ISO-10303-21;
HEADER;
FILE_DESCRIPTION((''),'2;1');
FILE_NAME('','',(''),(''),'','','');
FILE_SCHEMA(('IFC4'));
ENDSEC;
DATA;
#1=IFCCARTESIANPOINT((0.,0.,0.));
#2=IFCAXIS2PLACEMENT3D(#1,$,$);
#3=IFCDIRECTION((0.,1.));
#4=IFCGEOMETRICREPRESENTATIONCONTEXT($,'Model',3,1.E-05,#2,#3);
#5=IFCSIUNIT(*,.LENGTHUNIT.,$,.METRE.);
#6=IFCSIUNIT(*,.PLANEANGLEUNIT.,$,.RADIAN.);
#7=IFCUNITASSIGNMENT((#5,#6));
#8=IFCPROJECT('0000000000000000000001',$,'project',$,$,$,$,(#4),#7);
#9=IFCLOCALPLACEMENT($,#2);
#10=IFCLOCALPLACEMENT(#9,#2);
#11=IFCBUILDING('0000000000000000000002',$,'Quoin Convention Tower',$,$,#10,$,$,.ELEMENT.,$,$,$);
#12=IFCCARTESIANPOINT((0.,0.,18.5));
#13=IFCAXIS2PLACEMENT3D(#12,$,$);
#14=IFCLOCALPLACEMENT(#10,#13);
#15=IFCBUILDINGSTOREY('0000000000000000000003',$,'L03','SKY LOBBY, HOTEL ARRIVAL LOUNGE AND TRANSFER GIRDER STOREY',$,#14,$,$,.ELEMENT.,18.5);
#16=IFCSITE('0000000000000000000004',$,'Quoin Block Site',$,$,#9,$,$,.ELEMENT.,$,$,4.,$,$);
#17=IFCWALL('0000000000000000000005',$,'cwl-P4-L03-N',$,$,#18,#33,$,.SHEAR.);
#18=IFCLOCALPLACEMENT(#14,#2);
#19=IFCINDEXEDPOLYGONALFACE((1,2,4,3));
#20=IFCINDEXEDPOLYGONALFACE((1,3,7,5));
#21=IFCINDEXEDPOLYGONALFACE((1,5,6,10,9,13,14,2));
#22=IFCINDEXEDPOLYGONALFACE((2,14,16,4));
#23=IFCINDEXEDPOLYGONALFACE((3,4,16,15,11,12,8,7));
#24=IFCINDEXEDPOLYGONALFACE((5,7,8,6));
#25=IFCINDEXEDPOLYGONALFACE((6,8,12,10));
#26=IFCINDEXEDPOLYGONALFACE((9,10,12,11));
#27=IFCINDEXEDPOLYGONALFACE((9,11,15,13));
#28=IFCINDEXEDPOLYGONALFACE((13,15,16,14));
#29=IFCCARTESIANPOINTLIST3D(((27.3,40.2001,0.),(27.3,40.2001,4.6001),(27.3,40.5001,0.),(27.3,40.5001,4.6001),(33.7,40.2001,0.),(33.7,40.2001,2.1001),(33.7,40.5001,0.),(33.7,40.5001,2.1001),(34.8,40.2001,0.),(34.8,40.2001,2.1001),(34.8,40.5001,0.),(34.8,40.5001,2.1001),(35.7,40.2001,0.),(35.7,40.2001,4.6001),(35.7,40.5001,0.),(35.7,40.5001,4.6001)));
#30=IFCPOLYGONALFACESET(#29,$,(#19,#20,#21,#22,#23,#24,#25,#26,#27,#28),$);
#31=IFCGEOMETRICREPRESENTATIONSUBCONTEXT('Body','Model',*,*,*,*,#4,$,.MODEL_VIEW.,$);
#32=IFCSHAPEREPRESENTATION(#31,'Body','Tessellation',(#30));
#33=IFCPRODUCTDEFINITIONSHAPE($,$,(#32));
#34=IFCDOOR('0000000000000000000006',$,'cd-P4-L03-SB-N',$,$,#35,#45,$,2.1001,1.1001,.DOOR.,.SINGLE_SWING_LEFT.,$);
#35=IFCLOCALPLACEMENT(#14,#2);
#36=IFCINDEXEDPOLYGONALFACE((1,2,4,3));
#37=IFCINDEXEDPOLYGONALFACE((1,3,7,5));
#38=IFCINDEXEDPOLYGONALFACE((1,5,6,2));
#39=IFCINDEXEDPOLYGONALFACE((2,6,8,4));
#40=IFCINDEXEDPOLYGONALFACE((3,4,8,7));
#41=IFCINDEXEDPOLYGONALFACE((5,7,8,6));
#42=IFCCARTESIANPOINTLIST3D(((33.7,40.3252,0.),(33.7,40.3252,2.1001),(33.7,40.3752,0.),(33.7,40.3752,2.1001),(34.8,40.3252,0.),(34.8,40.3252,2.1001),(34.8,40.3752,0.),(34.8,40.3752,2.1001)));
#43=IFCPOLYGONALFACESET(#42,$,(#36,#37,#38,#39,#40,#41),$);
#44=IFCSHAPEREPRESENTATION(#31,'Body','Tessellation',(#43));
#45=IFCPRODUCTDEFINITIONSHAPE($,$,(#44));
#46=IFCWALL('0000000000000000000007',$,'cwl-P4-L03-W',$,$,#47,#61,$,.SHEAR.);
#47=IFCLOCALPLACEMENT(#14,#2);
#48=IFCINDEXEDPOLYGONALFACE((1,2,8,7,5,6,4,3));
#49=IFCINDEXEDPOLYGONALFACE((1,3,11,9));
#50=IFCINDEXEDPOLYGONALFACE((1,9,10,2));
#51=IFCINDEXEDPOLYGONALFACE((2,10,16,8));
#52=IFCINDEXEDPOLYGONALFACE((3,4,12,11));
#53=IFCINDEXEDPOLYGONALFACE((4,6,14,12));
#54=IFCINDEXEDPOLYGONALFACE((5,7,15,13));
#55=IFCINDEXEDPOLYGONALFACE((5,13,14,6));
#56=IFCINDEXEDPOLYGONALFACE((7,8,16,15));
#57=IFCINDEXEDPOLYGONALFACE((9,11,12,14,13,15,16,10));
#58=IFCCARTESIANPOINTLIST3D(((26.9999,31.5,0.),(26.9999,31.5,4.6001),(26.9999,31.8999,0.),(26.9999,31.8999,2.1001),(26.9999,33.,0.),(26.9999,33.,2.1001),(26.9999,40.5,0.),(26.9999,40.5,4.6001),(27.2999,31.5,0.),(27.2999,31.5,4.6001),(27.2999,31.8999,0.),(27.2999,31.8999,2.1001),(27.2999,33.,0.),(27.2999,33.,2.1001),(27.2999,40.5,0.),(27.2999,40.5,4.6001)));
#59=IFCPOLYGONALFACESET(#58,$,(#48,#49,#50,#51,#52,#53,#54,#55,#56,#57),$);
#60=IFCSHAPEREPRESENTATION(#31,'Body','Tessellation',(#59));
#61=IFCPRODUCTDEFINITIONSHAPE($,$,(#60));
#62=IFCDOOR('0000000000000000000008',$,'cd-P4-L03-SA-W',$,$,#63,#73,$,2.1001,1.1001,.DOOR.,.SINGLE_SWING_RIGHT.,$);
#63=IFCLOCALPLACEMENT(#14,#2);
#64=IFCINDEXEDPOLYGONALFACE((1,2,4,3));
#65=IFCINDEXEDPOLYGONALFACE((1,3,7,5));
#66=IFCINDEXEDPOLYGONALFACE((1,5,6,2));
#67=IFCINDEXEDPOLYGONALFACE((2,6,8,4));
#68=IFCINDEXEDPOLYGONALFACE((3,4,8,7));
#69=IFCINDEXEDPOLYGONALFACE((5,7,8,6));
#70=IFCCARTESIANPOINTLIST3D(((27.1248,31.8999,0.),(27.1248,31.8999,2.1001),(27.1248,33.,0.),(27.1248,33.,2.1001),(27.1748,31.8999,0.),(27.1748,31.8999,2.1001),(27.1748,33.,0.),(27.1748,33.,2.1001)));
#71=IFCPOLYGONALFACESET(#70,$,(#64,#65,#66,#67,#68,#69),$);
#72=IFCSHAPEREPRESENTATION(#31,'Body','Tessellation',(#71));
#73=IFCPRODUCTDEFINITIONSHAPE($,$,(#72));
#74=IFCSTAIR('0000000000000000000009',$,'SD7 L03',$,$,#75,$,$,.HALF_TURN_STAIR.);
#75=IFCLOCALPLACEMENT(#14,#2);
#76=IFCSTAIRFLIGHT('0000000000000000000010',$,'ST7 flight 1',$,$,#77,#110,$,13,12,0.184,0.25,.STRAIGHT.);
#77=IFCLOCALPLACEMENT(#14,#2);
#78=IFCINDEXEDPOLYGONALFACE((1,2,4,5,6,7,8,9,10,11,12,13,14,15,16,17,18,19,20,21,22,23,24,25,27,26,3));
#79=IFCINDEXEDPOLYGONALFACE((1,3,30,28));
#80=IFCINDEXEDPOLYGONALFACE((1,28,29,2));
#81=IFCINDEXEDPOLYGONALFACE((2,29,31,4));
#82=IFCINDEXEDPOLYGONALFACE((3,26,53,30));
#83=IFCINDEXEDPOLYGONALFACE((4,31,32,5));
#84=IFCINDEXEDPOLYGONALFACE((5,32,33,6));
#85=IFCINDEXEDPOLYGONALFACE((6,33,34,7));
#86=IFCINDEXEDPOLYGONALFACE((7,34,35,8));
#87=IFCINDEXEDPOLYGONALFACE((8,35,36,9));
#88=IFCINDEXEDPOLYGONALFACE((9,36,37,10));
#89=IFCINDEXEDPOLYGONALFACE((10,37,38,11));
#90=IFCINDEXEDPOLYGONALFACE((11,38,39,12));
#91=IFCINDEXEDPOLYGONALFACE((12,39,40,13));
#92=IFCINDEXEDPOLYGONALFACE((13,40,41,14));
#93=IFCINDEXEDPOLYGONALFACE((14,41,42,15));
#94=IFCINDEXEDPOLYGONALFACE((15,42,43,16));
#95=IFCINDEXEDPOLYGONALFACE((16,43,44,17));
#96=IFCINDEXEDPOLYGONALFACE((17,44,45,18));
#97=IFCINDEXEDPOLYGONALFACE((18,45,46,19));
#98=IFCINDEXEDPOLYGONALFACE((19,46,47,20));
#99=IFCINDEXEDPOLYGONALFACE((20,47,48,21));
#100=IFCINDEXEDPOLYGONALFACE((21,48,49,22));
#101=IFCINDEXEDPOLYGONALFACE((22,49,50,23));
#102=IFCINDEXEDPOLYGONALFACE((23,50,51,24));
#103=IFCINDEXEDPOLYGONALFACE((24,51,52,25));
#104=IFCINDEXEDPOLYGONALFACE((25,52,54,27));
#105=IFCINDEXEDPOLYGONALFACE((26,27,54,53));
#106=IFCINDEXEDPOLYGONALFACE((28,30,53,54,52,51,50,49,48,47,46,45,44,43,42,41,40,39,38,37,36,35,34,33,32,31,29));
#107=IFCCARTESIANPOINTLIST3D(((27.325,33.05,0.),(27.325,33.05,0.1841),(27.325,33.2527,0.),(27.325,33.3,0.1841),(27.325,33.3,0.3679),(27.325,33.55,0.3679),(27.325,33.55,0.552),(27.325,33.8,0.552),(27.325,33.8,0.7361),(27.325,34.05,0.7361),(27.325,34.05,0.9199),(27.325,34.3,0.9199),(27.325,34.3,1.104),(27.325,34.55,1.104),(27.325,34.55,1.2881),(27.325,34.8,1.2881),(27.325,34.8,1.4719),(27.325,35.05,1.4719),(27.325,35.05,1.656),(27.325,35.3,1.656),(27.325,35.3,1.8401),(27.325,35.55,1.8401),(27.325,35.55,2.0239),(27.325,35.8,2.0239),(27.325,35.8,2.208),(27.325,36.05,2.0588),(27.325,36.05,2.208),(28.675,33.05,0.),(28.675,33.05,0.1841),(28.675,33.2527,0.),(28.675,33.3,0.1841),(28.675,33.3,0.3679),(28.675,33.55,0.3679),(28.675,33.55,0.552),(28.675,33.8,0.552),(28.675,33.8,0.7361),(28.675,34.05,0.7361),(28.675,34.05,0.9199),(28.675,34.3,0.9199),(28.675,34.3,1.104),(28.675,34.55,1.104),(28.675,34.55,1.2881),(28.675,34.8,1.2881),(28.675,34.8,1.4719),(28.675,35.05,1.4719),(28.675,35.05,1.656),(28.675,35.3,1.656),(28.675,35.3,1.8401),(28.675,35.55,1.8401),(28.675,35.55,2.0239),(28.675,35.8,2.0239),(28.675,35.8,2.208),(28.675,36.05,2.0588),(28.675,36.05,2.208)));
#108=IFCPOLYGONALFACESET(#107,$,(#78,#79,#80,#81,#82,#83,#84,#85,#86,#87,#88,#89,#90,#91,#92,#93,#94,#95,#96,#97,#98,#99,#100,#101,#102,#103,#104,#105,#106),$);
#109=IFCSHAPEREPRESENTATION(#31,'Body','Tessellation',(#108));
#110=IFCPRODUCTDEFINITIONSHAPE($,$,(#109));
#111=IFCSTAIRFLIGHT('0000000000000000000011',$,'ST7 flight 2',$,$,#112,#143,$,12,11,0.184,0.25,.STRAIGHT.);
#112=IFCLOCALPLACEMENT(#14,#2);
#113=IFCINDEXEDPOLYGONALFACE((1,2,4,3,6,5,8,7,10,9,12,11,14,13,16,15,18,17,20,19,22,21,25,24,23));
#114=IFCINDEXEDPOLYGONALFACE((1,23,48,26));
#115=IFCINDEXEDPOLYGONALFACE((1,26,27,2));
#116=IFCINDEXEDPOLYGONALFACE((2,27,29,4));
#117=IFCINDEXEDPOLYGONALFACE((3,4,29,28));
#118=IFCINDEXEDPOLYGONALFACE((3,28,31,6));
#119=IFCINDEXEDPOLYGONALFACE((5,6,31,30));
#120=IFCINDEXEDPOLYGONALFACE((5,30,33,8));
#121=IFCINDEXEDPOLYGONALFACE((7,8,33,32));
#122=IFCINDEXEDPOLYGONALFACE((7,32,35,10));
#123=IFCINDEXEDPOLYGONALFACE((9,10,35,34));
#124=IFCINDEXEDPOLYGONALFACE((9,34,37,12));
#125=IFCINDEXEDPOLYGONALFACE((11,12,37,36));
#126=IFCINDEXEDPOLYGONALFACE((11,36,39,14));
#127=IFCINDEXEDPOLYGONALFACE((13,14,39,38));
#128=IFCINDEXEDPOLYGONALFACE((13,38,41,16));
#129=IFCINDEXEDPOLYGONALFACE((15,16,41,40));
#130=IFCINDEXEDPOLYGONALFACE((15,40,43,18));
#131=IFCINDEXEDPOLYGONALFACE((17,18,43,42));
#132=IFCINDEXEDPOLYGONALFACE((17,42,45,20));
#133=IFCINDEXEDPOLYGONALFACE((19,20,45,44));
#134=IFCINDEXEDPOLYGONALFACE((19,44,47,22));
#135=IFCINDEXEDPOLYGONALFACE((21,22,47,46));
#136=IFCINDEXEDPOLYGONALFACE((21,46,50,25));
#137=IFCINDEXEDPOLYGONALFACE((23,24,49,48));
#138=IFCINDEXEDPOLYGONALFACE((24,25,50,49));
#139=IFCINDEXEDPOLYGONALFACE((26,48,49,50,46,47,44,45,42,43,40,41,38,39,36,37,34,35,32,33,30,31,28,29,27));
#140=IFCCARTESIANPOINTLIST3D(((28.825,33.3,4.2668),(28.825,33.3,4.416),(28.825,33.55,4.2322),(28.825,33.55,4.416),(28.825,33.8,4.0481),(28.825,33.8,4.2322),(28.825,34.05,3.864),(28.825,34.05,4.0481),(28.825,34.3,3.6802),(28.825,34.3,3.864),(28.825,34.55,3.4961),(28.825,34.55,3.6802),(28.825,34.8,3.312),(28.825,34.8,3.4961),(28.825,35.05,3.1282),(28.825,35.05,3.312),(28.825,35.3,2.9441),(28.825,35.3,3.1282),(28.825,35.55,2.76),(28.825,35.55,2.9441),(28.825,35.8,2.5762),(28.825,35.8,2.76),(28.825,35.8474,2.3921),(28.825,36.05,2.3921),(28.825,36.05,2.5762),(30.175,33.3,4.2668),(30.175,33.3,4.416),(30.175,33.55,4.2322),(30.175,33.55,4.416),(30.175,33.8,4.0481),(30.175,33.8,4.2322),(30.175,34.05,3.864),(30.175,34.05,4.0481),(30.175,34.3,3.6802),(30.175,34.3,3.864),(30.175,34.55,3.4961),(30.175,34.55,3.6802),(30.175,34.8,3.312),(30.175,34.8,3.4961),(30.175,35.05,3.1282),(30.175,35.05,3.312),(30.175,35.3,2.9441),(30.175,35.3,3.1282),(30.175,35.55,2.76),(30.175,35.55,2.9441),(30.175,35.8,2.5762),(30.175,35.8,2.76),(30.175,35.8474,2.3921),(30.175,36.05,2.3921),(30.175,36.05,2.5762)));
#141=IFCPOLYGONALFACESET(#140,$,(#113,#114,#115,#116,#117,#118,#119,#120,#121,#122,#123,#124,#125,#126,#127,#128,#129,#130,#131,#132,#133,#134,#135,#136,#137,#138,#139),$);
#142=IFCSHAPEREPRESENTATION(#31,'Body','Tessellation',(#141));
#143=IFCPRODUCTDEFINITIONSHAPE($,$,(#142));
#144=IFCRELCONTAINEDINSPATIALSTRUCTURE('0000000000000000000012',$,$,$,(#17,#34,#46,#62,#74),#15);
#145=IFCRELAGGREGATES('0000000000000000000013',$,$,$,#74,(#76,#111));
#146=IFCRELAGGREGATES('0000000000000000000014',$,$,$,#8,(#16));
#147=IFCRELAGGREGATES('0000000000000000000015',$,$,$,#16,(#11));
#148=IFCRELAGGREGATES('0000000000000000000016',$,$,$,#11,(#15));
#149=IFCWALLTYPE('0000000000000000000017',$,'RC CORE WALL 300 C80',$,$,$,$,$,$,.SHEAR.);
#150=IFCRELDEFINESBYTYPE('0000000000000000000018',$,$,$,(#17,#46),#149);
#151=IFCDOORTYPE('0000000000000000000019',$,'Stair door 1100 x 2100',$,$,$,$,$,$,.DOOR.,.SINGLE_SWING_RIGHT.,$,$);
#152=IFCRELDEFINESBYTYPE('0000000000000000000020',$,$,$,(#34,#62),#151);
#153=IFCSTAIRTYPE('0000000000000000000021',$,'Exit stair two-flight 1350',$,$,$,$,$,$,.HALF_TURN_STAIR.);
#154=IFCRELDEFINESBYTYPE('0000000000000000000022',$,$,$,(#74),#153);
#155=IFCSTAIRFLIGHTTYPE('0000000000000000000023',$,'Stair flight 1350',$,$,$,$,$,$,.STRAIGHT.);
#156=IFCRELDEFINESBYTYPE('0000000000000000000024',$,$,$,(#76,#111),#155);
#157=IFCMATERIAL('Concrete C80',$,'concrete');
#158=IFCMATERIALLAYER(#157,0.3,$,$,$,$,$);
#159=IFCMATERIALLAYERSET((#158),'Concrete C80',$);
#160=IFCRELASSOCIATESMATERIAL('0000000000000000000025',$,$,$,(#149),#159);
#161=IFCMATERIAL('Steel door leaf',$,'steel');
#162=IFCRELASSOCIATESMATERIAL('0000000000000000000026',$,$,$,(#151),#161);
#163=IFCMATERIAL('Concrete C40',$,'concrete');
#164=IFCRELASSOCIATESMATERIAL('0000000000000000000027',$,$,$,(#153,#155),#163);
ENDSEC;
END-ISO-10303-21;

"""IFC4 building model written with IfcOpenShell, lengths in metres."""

from ifc_helpers import new_model, si_unit, direction, frame, frame_2d, origin, place, context, subcontext, project, spatial, polyline, rectangle, outline, extrude, material, layer, layer_set, type_object, element, fill, aggregate, save


model = new_model("IFC4")

# Units and contexts
model_context = context("Model", 3, precision=1e-05, world=origin(), true_north=direction((0.0, 1.0)))
body_context = subcontext(model_context, "Body", "Model", "MODEL_VIEW")
ifc_project = project(units=[si_unit("LENGTHUNIT", "METRE"), si_unit("PLANEANGLEUNIT", "RADIAN")], contexts=[model_context])

# Site, building, storey
site_placement = place(None, origin())
site = spatial("IfcSite", under=ifc_project, at=site_placement, Name="Quoin Block Site", CompositionType="ELEMENT", RefElevation=4.0)
building_placement = place(site_placement, origin())
building = spatial("IfcBuilding", under=site, at=building_placement, Name="Quoin Convention Tower", CompositionType="ELEMENT")
storey_placement = place(building_placement, frame((0.0, 0.0, 18.5)))
storey = spatial("IfcBuildingStorey", under=building, at=storey_placement, Name="L03", Description="SKY LOBBY, HOTEL ARRIVAL LOUNGE AND TRANSFER GIRDER STOREY", CompositionType="ELEMENT", Elevation=18.5)

# Shared definitions
ifc_material_1 = material(Name="Concrete C80", Category="concrete")

# Walls, openings, doors
ifc_layer_1 = layer(ifc_material_1, 0.3)
ifc_layer_set_1 = layer_set([ifc_layer_1], Name="Concrete C80")
wall_type_1 = type_object("IfcWallType", Name="RC CORE WALL 300 C80", PredefinedType="SHEAR", material=ifc_layer_set_1)
ifc_material_2 = material(Name="Steel door leaf", Category="steel")
wall_1_placement = place(storey_placement, frame((27.3, 40.3501, 0.0), z_axis=(0.0, 0.0, 1.0), x_axis=(1.0, 0.0, 0.0)))
wall_1 = element("IfcWall", 1, at=wall_1_placement, inside=storey, type_object=wall_type_1, Name="cwl-P4-L03-N", PredefinedType="SHEAR", context=body_context, shape_type="SweptSolid", body=[
    extrude(rectangle(XDim=8.3999, YDim=0.3, at=frame_2d((4.2, 0.0))), origin(), (0.0, 0.0, 1.0), 4.6001),
])
opening_1_placement = place(wall_1_placement, frame((6.3999, 0.0, 0.0)))
opening_1 = element("IfcOpeningElement", 2, at=opening_1_placement, cuts=wall_1, PredefinedType="OPENING", context=body_context, shape_type="SweptSolid", body=[
    extrude(rectangle(XDim=1.1001, YDim=2.1001, at=frame_2d((0.55, 1.05))), frame((0.0, 0.1599, 0.0), z_axis=(0.0, -1.0, 0.0), x_axis=(1.0, 0.0, 0.0)), (0.0, 0.0, 1.0), 0.3201),
])
door_type_1 = type_object("IfcDoorType", Name="Stair door 1100 x 2100", OperationType="SINGLE_SWING_RIGHT", PredefinedType="DOOR", material=ifc_material_2)
door_1_placement = place(opening_1_placement, frame((1.1001, 0.0, 0.0), z_axis=(0.0, 0.0, 1.0), x_axis=(-1.0, 0.0, 0.0)))
door_1 = element("IfcDoor", 3, at=door_1_placement, inside=storey, type_object=door_type_1, Name="cd-P4-L03-SB-N", OperationType="SINGLE_SWING_LEFT", OverallHeight=2.1001, OverallWidth=1.1001, PredefinedType="DOOR", context=body_context, shape_type="SweptSolid", body=[
    extrude(rectangle(XDim=1.1001, YDim=2.1001, at=frame_2d((0.55, 1.05))), frame((0.0, 0.0249, 0.0), z_axis=(0.0, -1.0, 0.0), x_axis=(1.0, 0.0, 0.0)), (0.0, 0.0, 1.0), 0.05),
])
fill(opening_1, door_1)
wall_2_placement = place(storey_placement, frame((27.1499, 31.5, 0.0), z_axis=(0.0, 0.0, 1.0), x_axis=(0.0, 1.0, 0.0)))
wall_2 = element("IfcWall", 4, at=wall_2_placement, inside=storey, type_object=wall_type_1, Name="cwl-P4-L03-W", PredefinedType="SHEAR", context=body_context, shape_type="SweptSolid", body=[
    extrude(rectangle(XDim=9.0, YDim=0.3, at=frame_2d((4.5, 0.0))), origin(), (0.0, 0.0, 1.0), 4.6001),
])
opening_2_placement = place(wall_2_placement, frame((0.3999, 0.0, 0.0)))
opening_2 = element("IfcOpeningElement", 5, at=opening_2_placement, cuts=wall_2, PredefinedType="OPENING", context=body_context, shape_type="SweptSolid", body=[
    extrude(rectangle(XDim=1.1001, YDim=2.1001, at=frame_2d((0.55, 1.05))), frame((0.0, 0.1599, 0.0), z_axis=(0.0, -1.0, 0.0), x_axis=(1.0, 0.0, 0.0)), (0.0, 0.0, 1.0), 0.3201),
])
door_2_placement = place(opening_2_placement, frame((1.1001, 0.0, 0.0), z_axis=(0.0, 0.0, 1.0), x_axis=(-1.0, 0.0, 0.0)))
door_2 = element("IfcDoor", 6, at=door_2_placement, inside=storey, type_object=door_type_1, Name="cd-P4-L03-SA-W", OperationType="SINGLE_SWING_RIGHT", OverallHeight=2.1001, OverallWidth=1.1001, PredefinedType="DOOR", context=body_context, shape_type="SweptSolid", body=[
    extrude(rectangle(XDim=1.1001, YDim=2.1001, at=frame_2d((0.55, 1.05))), frame((0.0, 0.0249, 0.0), z_axis=(0.0, -1.0, 0.0), x_axis=(1.0, 0.0, 0.0)), (0.0, 0.0, 1.0), 0.05),
])
fill(opening_2, door_2)

# Stair, stair flights
ifc_material_3 = material(Name="Concrete C40", Category="concrete")
stair_type = type_object("IfcStairType", Name="Exit stair two-flight 1350", PredefinedType="HALF_TURN_STAIR", material=ifc_material_3)
stair_placement = place(storey_placement, origin())
stair = element("IfcStair", 7, at=stair_placement, inside=storey, type_object=stair_type, Name="SD7 L03", PredefinedType="HALF_TURN_STAIR")
stair_flight_type = type_object("IfcStairFlightType", Name="Stair flight 1350", PredefinedType="STRAIGHT", material=ifc_material_3)
stair_flight_1_placement = place(storey_placement, frame((28.0, 33.05, 0.0), z_axis=(0.0, 0.0, 1.0), x_axis=(0.0, 1.0, 0.0)))
stair_flight_1 = element("IfcStairFlight", 8, at=stair_flight_1_placement, type_object=stair_flight_type, Name="ST7 flight 1", NumberOfRisers=13, NumberOfTreads=12, PredefinedType="STRAIGHT", RiserHeight=0.184, TreadLength=0.25, context=body_context, shape_type="SweptSolid", body=[
    extrude(outline(polyline([(0.0, 0.0), (0.0, 0.1841), (0.25, 0.1841), (0.25, 0.3679), (0.5, 0.3679), (0.5, 0.552), (0.75, 0.552), (0.75, 0.7361), (1.0, 0.7361), (1.0, 0.9199), (1.25, 0.9199), (1.25, 1.104), (1.5, 1.104), (1.5, 1.2881), (1.75, 1.2881), (1.75, 1.4719), (2.0, 1.4719), (2.0, 1.656), (2.25, 1.656), (2.25, 1.8401), (2.5, 1.8401), (2.5, 2.0239), (2.75, 2.0239), (2.75, 2.208), (3.0, 2.208), (3.0, 2.3921), (3.0, 2.0588), (0.2026, 0.0), (0.0, 0.0)])), frame((0.0, 0.675, 0.0), z_axis=(0.0, -1.0, 0.0), x_axis=(1.0, 0.0, 0.0)), (0.0, 0.0, 1.0), 1.3501),
])
stair_flight_2_placement = place(storey_placement, frame((29.5, 36.05, 2.3921), z_axis=(0.0, 0.0, 1.0), x_axis=(0.0, -1.0, 0.0)))
stair_flight_2 = element("IfcStairFlight", 9, at=stair_flight_2_placement, type_object=stair_flight_type, Name="ST7 flight 2", NumberOfRisers=12, NumberOfTreads=11, PredefinedType="STRAIGHT", RiserHeight=0.184, TreadLength=0.25, context=body_context, shape_type="SweptSolid", body=[
    extrude(outline(polyline([(0.0, 0.0), (0.0, 0.1841), (0.25, 0.1841), (0.25, 0.3679), (0.5, 0.3679), (0.5, 0.552), (0.75, 0.552), (0.75, 0.7361), (1.0, 0.7361), (1.0, 0.9199), (1.25, 0.9199), (1.25, 1.104), (1.5, 1.104), (1.5, 1.2881), (1.75, 1.2881), (1.75, 1.4719), (2.0, 1.4719), (2.0, 1.656), (2.25, 1.656), (2.25, 1.8401), (2.5, 1.8401), (2.5, 2.0239), (2.75, 2.0239), (2.75, 2.208), (2.75, 1.8748), (0.2026, 0.0), (0.0, 0.0)])), frame((0.0, 0.675, 0.0), z_axis=(0.0, -1.0, 0.0), x_axis=(1.0, 0.0, 0.0)), (0.0, 0.0, 1.0), 1.3501),
])
aggregate(stair, [stair_flight_1, stair_flight_2])

save(model, "model.ifc")
